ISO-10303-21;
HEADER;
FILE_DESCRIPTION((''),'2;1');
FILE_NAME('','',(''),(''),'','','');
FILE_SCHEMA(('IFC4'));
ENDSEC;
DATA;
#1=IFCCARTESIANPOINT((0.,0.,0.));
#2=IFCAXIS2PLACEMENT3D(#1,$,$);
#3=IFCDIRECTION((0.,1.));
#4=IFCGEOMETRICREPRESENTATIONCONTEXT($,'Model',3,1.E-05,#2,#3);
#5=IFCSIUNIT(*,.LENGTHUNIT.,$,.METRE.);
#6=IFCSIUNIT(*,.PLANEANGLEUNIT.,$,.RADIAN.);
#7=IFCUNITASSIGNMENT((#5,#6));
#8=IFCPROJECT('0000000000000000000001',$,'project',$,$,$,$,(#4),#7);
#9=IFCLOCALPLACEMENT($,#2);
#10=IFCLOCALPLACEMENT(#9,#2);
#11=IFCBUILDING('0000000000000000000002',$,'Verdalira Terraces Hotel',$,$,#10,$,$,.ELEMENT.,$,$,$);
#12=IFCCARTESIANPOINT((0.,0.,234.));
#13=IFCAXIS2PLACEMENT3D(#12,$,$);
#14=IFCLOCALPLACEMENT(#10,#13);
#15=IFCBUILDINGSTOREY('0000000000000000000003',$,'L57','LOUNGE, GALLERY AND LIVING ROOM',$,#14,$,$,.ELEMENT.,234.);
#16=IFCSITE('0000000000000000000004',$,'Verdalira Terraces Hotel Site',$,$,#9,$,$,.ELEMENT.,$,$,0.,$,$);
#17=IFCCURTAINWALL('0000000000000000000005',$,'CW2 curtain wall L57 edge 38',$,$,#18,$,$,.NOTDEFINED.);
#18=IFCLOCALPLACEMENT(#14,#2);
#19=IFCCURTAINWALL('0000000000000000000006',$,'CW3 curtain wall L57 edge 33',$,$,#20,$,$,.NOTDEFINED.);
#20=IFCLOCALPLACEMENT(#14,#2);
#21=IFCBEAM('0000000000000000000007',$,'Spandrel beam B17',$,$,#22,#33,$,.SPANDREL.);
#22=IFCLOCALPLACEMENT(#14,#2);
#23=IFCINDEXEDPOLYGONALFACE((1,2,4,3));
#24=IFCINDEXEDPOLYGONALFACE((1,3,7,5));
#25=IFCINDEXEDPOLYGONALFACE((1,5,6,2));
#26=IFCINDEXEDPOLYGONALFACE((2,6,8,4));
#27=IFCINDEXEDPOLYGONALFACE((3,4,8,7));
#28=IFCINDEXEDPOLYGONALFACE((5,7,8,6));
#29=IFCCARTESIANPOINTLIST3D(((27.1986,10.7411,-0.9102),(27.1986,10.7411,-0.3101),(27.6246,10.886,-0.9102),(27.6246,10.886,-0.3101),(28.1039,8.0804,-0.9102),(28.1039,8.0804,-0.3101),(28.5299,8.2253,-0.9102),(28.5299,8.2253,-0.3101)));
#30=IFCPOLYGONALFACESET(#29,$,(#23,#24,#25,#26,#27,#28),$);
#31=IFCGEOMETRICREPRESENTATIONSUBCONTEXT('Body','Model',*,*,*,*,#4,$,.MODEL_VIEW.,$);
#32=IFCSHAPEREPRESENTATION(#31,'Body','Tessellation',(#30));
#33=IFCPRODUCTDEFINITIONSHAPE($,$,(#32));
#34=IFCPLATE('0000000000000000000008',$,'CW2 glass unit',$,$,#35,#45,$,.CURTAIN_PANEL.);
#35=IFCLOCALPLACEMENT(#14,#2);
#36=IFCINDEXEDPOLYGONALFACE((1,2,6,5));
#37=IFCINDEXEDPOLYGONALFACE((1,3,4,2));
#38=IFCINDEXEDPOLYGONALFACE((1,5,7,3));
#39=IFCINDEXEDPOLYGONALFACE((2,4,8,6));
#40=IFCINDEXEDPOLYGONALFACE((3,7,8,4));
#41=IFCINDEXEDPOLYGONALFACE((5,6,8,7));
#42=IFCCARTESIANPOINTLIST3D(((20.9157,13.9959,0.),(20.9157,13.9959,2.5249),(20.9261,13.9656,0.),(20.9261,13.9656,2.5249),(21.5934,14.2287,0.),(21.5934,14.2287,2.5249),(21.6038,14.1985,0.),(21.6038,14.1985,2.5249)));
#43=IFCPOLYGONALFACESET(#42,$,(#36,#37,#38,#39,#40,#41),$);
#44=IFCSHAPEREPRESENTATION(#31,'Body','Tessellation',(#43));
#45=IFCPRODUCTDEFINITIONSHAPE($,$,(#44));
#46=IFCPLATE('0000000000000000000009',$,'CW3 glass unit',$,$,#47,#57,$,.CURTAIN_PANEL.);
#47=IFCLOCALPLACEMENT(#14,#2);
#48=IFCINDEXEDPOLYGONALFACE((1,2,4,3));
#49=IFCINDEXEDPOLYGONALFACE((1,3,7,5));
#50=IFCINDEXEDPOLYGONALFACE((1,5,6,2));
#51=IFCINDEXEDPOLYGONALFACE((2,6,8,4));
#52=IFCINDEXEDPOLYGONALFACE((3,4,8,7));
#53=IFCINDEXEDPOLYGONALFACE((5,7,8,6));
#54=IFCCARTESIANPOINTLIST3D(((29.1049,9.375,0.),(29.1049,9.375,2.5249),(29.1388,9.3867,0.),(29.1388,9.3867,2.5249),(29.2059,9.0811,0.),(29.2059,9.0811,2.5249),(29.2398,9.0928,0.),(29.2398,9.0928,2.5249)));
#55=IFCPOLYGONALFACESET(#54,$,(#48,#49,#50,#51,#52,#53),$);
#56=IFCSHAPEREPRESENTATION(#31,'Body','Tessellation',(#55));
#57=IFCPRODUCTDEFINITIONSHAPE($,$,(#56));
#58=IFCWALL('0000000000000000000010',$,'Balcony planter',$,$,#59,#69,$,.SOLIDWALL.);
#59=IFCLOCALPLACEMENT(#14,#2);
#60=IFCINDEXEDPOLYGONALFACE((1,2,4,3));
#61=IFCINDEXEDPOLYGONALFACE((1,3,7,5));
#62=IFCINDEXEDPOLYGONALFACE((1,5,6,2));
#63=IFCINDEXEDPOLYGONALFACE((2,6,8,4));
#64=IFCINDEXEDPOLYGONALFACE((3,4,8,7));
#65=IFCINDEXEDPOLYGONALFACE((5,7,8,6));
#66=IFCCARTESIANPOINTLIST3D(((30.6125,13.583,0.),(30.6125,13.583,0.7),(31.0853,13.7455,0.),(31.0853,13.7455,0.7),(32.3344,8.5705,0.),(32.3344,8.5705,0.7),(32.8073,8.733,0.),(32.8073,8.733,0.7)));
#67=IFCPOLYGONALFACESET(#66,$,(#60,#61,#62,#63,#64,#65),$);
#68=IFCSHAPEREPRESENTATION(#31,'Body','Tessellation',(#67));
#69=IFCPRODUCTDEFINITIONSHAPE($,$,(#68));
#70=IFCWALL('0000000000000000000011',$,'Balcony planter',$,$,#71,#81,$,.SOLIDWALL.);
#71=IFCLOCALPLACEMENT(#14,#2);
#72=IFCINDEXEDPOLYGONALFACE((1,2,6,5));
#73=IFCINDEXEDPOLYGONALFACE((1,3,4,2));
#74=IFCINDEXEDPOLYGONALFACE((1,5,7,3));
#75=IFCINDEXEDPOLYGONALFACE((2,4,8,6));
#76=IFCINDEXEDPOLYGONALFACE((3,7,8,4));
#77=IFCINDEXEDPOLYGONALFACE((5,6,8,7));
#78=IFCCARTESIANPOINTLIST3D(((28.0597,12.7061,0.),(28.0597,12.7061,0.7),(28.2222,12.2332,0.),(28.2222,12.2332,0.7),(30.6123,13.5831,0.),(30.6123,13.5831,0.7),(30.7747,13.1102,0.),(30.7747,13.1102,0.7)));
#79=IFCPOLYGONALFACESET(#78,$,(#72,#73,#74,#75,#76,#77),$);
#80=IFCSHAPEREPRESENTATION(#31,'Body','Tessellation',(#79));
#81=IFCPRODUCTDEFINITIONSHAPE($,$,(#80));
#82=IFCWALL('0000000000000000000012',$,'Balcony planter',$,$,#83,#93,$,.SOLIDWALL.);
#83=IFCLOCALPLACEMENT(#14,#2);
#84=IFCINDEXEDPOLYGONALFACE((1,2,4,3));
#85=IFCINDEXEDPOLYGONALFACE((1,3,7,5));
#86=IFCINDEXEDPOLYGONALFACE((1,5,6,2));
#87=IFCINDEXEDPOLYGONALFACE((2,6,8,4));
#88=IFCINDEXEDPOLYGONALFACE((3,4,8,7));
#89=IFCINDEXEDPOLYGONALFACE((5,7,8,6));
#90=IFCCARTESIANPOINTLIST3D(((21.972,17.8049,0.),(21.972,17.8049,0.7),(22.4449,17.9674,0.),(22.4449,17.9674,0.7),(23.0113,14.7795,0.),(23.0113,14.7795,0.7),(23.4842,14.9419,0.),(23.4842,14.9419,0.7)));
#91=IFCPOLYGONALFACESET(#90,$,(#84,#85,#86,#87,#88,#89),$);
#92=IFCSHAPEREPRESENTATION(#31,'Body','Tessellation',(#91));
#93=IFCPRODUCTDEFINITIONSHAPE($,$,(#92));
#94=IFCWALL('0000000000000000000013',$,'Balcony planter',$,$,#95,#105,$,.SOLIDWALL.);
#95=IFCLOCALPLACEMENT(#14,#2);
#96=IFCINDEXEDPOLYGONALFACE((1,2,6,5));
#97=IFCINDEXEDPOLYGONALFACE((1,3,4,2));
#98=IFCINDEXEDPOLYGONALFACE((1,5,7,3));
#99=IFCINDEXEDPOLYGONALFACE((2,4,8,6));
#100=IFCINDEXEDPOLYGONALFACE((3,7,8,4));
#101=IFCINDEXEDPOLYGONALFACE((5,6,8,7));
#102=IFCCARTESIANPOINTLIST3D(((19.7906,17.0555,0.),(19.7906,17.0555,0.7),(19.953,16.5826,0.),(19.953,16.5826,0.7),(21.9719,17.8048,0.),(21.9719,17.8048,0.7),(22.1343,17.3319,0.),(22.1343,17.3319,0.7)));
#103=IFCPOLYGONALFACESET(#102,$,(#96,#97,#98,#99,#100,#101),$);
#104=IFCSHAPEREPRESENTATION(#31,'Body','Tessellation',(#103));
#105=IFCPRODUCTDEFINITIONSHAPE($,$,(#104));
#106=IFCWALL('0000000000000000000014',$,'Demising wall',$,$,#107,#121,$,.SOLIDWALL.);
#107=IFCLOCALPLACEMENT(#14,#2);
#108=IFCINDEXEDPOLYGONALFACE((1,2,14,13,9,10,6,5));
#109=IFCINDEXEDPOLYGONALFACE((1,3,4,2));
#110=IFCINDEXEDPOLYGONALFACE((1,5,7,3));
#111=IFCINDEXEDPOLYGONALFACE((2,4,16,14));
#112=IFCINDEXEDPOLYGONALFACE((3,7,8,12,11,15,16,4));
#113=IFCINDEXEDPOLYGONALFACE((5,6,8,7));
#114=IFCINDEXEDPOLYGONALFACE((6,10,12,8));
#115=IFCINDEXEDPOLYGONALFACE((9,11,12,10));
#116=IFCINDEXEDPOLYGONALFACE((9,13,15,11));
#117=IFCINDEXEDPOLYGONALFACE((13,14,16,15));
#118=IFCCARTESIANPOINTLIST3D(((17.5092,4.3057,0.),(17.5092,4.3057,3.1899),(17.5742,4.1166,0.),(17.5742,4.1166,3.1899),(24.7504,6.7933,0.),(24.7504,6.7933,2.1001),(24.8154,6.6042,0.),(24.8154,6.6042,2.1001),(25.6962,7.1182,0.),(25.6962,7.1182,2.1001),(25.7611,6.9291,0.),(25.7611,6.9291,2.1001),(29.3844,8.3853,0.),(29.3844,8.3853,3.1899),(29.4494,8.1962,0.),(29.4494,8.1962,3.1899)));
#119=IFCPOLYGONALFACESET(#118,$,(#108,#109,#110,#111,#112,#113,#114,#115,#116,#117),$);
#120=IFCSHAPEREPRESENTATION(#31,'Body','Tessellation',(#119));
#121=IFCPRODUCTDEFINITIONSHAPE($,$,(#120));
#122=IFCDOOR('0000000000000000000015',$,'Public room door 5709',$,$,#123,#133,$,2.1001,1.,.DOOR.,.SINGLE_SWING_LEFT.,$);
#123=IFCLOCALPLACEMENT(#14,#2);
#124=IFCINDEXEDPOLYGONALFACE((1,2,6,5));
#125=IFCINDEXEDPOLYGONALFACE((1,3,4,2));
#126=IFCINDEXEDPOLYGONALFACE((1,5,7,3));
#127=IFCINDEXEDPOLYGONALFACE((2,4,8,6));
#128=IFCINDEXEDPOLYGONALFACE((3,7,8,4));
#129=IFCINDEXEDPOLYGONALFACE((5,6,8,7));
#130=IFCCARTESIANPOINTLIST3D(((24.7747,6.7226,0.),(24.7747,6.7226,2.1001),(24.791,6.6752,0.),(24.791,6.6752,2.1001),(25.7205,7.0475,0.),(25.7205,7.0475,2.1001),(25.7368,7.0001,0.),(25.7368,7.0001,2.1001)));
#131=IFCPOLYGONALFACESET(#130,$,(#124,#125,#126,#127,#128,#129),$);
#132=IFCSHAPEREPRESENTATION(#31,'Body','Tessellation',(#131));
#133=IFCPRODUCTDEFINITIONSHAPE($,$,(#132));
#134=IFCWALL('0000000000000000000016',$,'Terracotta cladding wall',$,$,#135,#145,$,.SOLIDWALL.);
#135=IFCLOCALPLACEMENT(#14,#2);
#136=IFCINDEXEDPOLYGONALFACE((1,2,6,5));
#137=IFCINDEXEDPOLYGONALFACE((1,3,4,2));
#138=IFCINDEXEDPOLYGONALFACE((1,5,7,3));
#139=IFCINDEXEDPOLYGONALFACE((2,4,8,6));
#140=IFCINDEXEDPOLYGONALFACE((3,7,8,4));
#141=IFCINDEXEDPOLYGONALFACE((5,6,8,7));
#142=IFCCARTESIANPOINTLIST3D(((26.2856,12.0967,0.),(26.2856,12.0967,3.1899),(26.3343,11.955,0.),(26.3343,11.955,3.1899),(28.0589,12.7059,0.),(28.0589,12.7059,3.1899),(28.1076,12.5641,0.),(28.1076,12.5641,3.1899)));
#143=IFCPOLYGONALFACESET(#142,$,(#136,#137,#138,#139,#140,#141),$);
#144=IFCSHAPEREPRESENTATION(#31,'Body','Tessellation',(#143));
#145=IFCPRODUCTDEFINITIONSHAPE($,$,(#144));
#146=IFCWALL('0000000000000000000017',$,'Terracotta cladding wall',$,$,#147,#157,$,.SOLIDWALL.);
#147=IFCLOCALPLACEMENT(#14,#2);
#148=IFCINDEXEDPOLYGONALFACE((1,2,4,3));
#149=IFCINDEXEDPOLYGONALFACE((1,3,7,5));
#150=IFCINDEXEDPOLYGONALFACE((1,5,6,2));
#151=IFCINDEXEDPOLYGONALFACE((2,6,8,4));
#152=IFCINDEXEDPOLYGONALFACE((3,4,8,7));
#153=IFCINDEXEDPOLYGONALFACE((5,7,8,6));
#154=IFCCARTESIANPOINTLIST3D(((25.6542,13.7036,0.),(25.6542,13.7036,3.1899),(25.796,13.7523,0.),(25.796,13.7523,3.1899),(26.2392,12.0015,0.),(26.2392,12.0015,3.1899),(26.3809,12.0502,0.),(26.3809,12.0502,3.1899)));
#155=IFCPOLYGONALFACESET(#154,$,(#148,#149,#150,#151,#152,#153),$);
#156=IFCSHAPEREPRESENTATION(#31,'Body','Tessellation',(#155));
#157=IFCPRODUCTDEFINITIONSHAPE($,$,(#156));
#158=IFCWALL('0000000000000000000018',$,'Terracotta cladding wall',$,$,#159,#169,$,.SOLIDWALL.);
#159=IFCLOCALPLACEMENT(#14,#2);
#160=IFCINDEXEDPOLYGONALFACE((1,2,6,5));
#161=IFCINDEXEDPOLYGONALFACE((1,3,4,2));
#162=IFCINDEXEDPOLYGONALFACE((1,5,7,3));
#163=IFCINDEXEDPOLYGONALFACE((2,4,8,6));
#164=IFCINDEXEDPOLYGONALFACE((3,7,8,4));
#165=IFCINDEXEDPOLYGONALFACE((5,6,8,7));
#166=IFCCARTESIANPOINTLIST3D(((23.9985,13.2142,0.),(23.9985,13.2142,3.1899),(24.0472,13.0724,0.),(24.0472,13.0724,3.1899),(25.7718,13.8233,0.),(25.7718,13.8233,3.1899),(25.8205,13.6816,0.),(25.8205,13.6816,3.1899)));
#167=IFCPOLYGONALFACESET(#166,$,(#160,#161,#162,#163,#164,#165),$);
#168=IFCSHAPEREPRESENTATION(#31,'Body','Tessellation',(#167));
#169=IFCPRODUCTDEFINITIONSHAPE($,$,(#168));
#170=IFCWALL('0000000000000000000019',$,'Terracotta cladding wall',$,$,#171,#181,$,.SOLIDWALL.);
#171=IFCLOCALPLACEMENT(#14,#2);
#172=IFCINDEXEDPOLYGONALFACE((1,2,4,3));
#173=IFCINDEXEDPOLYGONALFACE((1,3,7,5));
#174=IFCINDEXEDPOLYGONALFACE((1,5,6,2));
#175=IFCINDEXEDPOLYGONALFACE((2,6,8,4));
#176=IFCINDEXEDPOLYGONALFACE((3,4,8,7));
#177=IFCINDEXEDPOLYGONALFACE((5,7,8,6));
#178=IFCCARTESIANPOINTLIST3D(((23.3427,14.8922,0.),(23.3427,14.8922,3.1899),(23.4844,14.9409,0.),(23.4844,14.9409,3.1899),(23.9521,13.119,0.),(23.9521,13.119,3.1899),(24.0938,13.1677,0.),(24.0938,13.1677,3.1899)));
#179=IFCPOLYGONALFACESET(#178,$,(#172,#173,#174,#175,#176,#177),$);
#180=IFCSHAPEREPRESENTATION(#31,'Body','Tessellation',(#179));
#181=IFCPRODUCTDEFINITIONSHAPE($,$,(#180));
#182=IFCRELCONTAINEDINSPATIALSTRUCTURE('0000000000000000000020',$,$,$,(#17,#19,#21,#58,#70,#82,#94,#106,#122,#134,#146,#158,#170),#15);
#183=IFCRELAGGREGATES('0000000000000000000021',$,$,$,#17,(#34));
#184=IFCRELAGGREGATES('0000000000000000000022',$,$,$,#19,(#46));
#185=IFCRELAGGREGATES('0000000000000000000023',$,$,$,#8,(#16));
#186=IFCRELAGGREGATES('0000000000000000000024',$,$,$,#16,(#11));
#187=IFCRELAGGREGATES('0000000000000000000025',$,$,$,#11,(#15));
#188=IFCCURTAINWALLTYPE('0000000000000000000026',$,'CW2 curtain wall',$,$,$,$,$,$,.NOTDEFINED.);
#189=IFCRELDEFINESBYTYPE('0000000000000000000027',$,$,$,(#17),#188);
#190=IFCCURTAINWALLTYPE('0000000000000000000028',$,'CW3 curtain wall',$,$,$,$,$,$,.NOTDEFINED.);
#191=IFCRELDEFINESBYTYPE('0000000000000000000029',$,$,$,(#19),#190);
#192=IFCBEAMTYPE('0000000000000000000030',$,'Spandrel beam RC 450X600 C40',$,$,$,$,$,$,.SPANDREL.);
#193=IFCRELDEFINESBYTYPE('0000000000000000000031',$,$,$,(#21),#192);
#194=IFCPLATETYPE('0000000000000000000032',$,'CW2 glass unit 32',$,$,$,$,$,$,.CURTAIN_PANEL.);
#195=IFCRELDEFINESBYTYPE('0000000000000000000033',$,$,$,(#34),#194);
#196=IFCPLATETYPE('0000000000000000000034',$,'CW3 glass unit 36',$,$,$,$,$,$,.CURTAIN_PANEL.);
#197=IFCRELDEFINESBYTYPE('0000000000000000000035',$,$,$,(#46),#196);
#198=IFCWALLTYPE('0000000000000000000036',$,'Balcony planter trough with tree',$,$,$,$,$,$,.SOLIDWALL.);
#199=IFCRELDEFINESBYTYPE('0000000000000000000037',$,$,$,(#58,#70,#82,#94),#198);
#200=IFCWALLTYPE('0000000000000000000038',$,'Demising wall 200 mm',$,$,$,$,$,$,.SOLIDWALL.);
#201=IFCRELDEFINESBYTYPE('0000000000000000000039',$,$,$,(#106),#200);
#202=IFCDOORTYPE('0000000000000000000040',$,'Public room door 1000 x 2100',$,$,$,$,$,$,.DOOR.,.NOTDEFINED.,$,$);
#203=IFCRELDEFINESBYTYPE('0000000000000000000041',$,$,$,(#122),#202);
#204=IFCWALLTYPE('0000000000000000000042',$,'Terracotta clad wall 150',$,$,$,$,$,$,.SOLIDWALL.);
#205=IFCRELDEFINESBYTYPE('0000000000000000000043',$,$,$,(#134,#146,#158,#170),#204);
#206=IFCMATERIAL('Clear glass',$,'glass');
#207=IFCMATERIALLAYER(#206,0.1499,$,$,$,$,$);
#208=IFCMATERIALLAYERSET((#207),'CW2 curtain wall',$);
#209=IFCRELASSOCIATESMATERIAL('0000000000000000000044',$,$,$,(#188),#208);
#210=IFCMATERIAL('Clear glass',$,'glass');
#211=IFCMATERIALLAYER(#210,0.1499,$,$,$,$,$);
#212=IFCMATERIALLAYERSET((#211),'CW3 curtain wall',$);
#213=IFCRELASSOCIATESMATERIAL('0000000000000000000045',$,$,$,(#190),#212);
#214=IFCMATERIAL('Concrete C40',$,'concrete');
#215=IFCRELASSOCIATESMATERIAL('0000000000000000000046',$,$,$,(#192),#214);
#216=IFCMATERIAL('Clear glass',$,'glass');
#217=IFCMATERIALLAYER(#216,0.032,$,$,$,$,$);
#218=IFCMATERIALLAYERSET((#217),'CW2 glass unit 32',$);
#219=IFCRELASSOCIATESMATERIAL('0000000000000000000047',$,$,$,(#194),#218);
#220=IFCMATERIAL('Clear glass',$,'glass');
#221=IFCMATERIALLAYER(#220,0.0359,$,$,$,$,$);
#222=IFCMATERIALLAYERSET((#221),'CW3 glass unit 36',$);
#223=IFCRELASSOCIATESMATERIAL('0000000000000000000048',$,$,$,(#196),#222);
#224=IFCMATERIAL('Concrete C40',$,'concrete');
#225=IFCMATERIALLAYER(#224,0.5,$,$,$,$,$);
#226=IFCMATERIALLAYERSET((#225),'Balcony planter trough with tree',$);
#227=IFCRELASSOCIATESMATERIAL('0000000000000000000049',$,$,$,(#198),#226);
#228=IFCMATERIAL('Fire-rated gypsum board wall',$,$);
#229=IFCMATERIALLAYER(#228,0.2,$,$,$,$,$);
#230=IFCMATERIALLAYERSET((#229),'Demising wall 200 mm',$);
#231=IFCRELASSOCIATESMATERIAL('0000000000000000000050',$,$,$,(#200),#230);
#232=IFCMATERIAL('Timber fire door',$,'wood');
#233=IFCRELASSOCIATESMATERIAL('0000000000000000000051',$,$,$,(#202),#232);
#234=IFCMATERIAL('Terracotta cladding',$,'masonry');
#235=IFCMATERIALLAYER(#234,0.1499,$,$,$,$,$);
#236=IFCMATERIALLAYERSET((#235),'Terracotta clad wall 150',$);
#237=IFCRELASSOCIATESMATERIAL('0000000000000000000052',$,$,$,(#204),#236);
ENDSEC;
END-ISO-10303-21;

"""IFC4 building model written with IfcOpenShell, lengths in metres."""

from ifc_helpers import new_model, si_unit, direction, frame, frame_2d, origin, origin_2d, place, context, subcontext, project, spatial, rectangle, extrude, material, layer, layer_set, material_profile, profile_set, type_object, element, fill, aggregate, save


model = new_model("IFC4")

# Units and contexts
model_context = context("Model", 3, precision=1e-05, world=origin(), true_north=direction((0.0, 1.0)))
body_context = subcontext(model_context, "Body", "Model", "MODEL_VIEW")
ifc_project = project(units=[si_unit("LENGTHUNIT", "METRE"), si_unit("PLANEANGLEUNIT", "RADIAN")], contexts=[model_context])

# Site, building, storey
site_placement = place(None, origin())
site = spatial("IfcSite", under=ifc_project, at=site_placement, Name="Verdalira Terraces Hotel Site", CompositionType="ELEMENT", RefElevation=0.0)
building_placement = place(site_placement, origin())
building = spatial("IfcBuilding", under=site, at=building_placement, Name="Verdalira Terraces Hotel", CompositionType="ELEMENT")
storey_placement = place(building_placement, frame((0.0, 0.0, 234.0)))
storey = spatial("IfcBuildingStorey", under=building, at=storey_placement, Name="L57", Description="LOUNGE, GALLERY AND LIVING ROOM", CompositionType="ELEMENT", Elevation=234.0)

# Curtain wall
ifc_material_1 = material(Name="Clear glass", Category="glass")
ifc_layer_1 = layer(ifc_material_1, 0.1499)
ifc_layer_set_1 = layer_set([ifc_layer_1], Name="CW2 curtain wall")
curtain_wall_type_1 = type_object("IfcCurtainWallType", Name="CW2 curtain wall", PredefinedType="NOTDEFINED", material=ifc_layer_set_1)
curtain_wall_1_placement = place(storey_placement, origin())
curtain_wall_1 = element("IfcCurtainWall", 1, at=curtain_wall_1_placement, inside=storey, type_object=curtain_wall_type_1, Name="CW2 curtain wall L57 edge 38", PredefinedType="NOTDEFINED")

# Curtain wall
ifc_material_2 = material(Name="Clear glass", Category="glass")
ifc_layer_2 = layer(ifc_material_2, 0.1499)
ifc_layer_set_2 = layer_set([ifc_layer_2], Name="CW3 curtain wall")
curtain_wall_type_2 = type_object("IfcCurtainWallType", Name="CW3 curtain wall", PredefinedType="NOTDEFINED", material=ifc_layer_set_2)
curtain_wall_2_placement = place(storey_placement, origin())
curtain_wall_2 = element("IfcCurtainWall", 2, at=curtain_wall_2_placement, inside=storey, type_object=curtain_wall_type_2, Name="CW3 curtain wall L57 edge 33", PredefinedType="NOTDEFINED")

# Beam
ifc_material_3 = material(Name="Concrete C40", Category="concrete")
ifc_material_profile_1 = material_profile(ifc_material_3, rectangle(XDim=0.45, YDim=0.6001, at=origin_2d()), Name="RC 450X600")
ifc_profile_set_1 = profile_set([ifc_material_profile_1], Name="Concrete C40")
beam_type_1 = type_object("IfcBeamType", Name="Spandrel beam RC 450X600 C40", PredefinedType="SPANDREL", material=ifc_profile_set_1)
beam_1_placement = place(storey_placement, frame((28.3169, 8.1528, -0.6101), z_axis=(-0.322111, 0.946702, 0.0), x_axis=(-0.946702, -0.322111, 0.0)))
element("IfcBeam", 3, at=beam_1_placement, inside=storey, type_object=beam_type_1, Name="Spandrel beam B17", PredefinedType="SPANDREL", context=body_context, shape_type="SweptSolid", body=[
    extrude(rectangle(XDim=0.45, YDim=0.6001, at=origin_2d()), origin(), (0.0, 0.0, 1.0), 2.8105),
])

# Plates
ifc_material_4 = material(Name="Clear glass", Category="glass")
ifc_layer_3 = layer(ifc_material_4, 0.032)
ifc_layer_set_3 = layer_set([ifc_layer_3], Name="CW2 glass unit 32")
plate_type_1 = type_object("IfcPlateType", Name="CW2 glass unit 32", PredefinedType="CURTAIN_PANEL", material=ifc_layer_set_3)
plate_1_placement = place(storey_placement, frame((21.2598, 14.0972, 0.0), z_axis=(0.0, 0.0, 1.0), x_axis=(-0.945746, -0.324908, 0.0)))
plate_1 = element("IfcPlate", 4, at=plate_1_placement, type_object=plate_type_1, Name="CW2 glass unit", PredefinedType="CURTAIN_PANEL", context=body_context, shape_type="SweptSolid", body=[
    extrude(rectangle(XDim=0.7166, YDim=0.032, at=origin_2d()), origin(), (0.0, 0.0, 1.0), 2.5249),
])
aggregate(curtain_wall_1, [plate_1])
ifc_material_5 = material(Name="Clear glass", Category="glass")
ifc_layer_4 = layer(ifc_material_5, 0.0359)
ifc_layer_set_4 = layer_set([ifc_layer_4], Name="CW3 glass unit 36")
plate_type_2 = type_object("IfcPlateType", Name="CW3 glass unit 36", PredefinedType="CURTAIN_PANEL", material=ifc_layer_set_4)
plate_2_placement = place(storey_placement, frame((29.1724, 9.2339, 0.0), z_axis=(0.0, 0.0, 1.0), x_axis=(-0.324908, 0.945746, 0.0)))
plate_2 = element("IfcPlate", 5, at=plate_2_placement, type_object=plate_type_2, Name="CW3 glass unit", PredefinedType="CURTAIN_PANEL", context=body_context, shape_type="SweptSolid", body=[
    extrude(rectangle(XDim=0.3108, YDim=0.0359, at=origin_2d()), origin(), (0.0, 0.0, 1.0), 2.5249),
])
aggregate(curtain_wall_2, [plate_2])

# Walls
ifc_material_6 = material(Name="Concrete C40", Category="concrete")
ifc_layer_5 = layer(ifc_material_6, 0.5)
ifc_layer_set_5 = layer_set([ifc_layer_5], Name="Balcony planter trough with tree")
wall_type_1 = type_object("IfcWallType", Name="Balcony planter trough with tree", PredefinedType="SOLIDWALL", material=ifc_layer_set_5)
wall_1_placement = place(storey_placement, frame((32.5708, 8.6519, 0.0), z_axis=(0.0, 0.0, 1.0), x_axis=(-0.324893, 0.945751, 0.0)))
element("IfcWall", 6, at=wall_1_placement, inside=storey, type_object=wall_type_1, Name="Balcony planter", PredefinedType="SOLIDWALL", context=body_context, shape_type="SweptSolid", body=[
    extrude(rectangle(XDim=5.3, YDim=0.5, at=frame_2d((2.6499, 0.0))), origin(), (0.0, 0.0, 1.0), 0.7),
])
wall_2_placement = place(storey_placement, frame((30.6936, 13.3467, 0.0), z_axis=(0.0, 0.0, 1.0), x_axis=(-0.94574, -0.324926, 0.0)))
element("IfcWall", 7, at=wall_2_placement, inside=storey, type_object=wall_type_1, Name="Balcony planter", PredefinedType="SOLIDWALL", context=body_context, shape_type="SweptSolid", body=[
    extrude(rectangle(XDim=2.699, YDim=0.5, at=frame_2d((1.3496, 0.0))), origin(), (0.0, 0.0, 1.0), 0.7),
])
wall_3_placement = place(storey_placement, frame((23.2478, 14.8606, 0.0), z_axis=(0.0, 0.0, 1.0), x_axis=(-0.324892, 0.945751, 0.0)))
element("IfcWall", 8, at=wall_3_placement, inside=storey, type_object=wall_type_1, Name="Balcony planter", PredefinedType="SOLIDWALL", context=body_context, shape_type="SweptSolid", body=[
    extrude(rectangle(XDim=3.199, YDim=0.5, at=frame_2d((1.5996, 0.0))), origin(), (0.0, 0.0, 1.0), 0.7),
])
wall_4_placement = place(storey_placement, frame((22.0532, 17.5684, 0.0), z_axis=(0.0, 0.0, 1.0), x_axis=(-0.945765, -0.324852, 0.0)))
element("IfcWall", 9, at=wall_4_placement, inside=storey, type_object=wall_type_1, Name="Balcony planter", PredefinedType="SOLIDWALL", context=body_context, shape_type="SweptSolid", body=[
    extrude(rectangle(XDim=2.3064, YDim=0.5, at=frame_2d((1.1533, 0.0))), origin(), (0.0, 0.0, 1.0), 0.7),
])

# Wall, opening, door
ifc_material_7 = material(Name="Fire-rated gypsum board wall")
ifc_layer_6 = layer(ifc_material_7, 0.2)
ifc_layer_set_6 = layer_set([ifc_layer_6], Name="Demising wall 200 mm")
wall_type_2 = type_object("IfcWallType", Name="Demising wall 200 mm", PredefinedType="SOLIDWALL", material=ifc_layer_set_6)
wall_5_placement = place(storey_placement, frame((29.417, 8.2908, 0.0), z_axis=(0.0, 0.0, 1.0), x_axis=(-0.945748, -0.3249, 0.0)))
wall_5 = element("IfcWall", 10, at=wall_5_placement, inside=storey, type_object=wall_type_2, Name="Demising wall", PredefinedType="SOLIDWALL", context=body_context, shape_type="SweptSolid", body=[
    extrude(rectangle(XDim=12.5564, YDim=0.2, at=frame_2d((6.2783, 0.0))), origin(), (0.0, 0.0, 1.0), 3.1899),
])
opening_1_placement = place(wall_5_placement, frame((3.8999, 0.0, 0.0)))
opening_1 = element("IfcOpeningElement", 11, at=opening_1_placement, cuts=wall_5, PredefinedType="OPENING", context=body_context, shape_type="SweptSolid", body=[
    extrude(rectangle(XDim=1.0, YDim=2.1001, at=frame_2d((0.5, 1.05))), frame((0.0, 0.1099, 0.0), z_axis=(0.0, -1.0, 0.0), x_axis=(1.0, 0.0, 0.0)), (0.0, 0.0, 1.0), 0.22),
])
ifc_material_8 = material(Name="Timber fire door", Category="wood")
door_type_1 = type_object("IfcDoorType", Name="Public room door 1000 x 2100", OperationType="NOTDEFINED", PredefinedType="DOOR", material=ifc_material_8)
door_1_placement = place(opening_1_placement, origin())
door_1 = element("IfcDoor", 12, at=door_1_placement, inside=storey, type_object=door_type_1, Name="Public room door 5709", OperationType="SINGLE_SWING_LEFT", OverallHeight=2.1001, OverallWidth=1.0, PredefinedType="DOOR", context=body_context, shape_type="SweptSolid", body=[
    extrude(rectangle(XDim=1.0, YDim=2.1001, at=frame_2d((0.5, 1.05))), frame((0.0, 0.0249, 0.0), z_axis=(0.0, -1.0, 0.0), x_axis=(1.0, 0.0, 0.0)), (0.0, 0.0, 1.0), 0.05),
])
fill(opening_1, door_1)

# Walls
ifc_material_9 = material(Name="Terracotta cladding", Category="masonry")
ifc_layer_7 = layer(ifc_material_9, 0.1499)
ifc_layer_set_7 = layer_set([ifc_layer_7], Name="Terracotta clad wall 150")
wall_type_3 = type_object("IfcWallType", Name="Terracotta clad wall 150", PredefinedType="SOLIDWALL", material=ifc_layer_set_7)
wall_6_placement = place(storey_placement, frame((28.0833, 12.635, 0.0), z_axis=(0.0, 0.0, 1.0), x_axis=(-0.945753, -0.324887, 0.0)))
element("IfcWall", 13, at=wall_6_placement, inside=storey, type_object=wall_type_3, Name="Terracotta cladding wall", PredefinedType="SOLIDWALL", context=body_context, shape_type="SweptSolid", body=[
    extrude(rectangle(XDim=1.875, YDim=0.1499, at=frame_2d((0.9375, 0.0))), origin(), (0.0, 0.0, 1.0), 3.1899),
])
wall_7_placement = place(storey_placement, frame((26.3101, 12.0259, 0.0), z_axis=(0.0, 0.0, 1.0), x_axis=(-0.325004, 0.945713, 0.0)))
element("IfcWall", 14, at=wall_7_placement, inside=storey, type_object=wall_type_3, Name="Terracotta cladding wall", PredefinedType="SOLIDWALL", context=body_context, shape_type="SweptSolid", body=[
    extrude(rectangle(XDim=1.7998, YDim=0.1499, at=frame_2d((0.8999, 0.0))), origin(), (0.0, 0.0, 1.0), 3.1899),
])
for number, where, z_axis, x_axis, name in (
    (15, (25.7961, 13.7524, 0.0), (0.0, 0.0, 1.0), (-0.945753, -0.324887, 0.0), "Terracotta cladding wall"),
    (16, (24.0229, 13.1433, 0.0), (0.0, 0.0, 1.0), (-0.325003, 0.945713, 0.0), "Terracotta cladding wall"),
):
    element("IfcWall", number, at=place(storey_placement, frame(where, z_axis=z_axis, x_axis=x_axis)), inside=storey, type_object=wall_type_3, Name=name, PredefinedType="SOLIDWALL", context=body_context, shape_type="SweptSolid", body=[
        extrude(rectangle(XDim=1.875, YDim=0.1499, at=frame_2d((0.9375, 0.0))), origin(), (0.0, 0.0, 1.0), 3.1899),
    ])

save(model, "model.ifc")
